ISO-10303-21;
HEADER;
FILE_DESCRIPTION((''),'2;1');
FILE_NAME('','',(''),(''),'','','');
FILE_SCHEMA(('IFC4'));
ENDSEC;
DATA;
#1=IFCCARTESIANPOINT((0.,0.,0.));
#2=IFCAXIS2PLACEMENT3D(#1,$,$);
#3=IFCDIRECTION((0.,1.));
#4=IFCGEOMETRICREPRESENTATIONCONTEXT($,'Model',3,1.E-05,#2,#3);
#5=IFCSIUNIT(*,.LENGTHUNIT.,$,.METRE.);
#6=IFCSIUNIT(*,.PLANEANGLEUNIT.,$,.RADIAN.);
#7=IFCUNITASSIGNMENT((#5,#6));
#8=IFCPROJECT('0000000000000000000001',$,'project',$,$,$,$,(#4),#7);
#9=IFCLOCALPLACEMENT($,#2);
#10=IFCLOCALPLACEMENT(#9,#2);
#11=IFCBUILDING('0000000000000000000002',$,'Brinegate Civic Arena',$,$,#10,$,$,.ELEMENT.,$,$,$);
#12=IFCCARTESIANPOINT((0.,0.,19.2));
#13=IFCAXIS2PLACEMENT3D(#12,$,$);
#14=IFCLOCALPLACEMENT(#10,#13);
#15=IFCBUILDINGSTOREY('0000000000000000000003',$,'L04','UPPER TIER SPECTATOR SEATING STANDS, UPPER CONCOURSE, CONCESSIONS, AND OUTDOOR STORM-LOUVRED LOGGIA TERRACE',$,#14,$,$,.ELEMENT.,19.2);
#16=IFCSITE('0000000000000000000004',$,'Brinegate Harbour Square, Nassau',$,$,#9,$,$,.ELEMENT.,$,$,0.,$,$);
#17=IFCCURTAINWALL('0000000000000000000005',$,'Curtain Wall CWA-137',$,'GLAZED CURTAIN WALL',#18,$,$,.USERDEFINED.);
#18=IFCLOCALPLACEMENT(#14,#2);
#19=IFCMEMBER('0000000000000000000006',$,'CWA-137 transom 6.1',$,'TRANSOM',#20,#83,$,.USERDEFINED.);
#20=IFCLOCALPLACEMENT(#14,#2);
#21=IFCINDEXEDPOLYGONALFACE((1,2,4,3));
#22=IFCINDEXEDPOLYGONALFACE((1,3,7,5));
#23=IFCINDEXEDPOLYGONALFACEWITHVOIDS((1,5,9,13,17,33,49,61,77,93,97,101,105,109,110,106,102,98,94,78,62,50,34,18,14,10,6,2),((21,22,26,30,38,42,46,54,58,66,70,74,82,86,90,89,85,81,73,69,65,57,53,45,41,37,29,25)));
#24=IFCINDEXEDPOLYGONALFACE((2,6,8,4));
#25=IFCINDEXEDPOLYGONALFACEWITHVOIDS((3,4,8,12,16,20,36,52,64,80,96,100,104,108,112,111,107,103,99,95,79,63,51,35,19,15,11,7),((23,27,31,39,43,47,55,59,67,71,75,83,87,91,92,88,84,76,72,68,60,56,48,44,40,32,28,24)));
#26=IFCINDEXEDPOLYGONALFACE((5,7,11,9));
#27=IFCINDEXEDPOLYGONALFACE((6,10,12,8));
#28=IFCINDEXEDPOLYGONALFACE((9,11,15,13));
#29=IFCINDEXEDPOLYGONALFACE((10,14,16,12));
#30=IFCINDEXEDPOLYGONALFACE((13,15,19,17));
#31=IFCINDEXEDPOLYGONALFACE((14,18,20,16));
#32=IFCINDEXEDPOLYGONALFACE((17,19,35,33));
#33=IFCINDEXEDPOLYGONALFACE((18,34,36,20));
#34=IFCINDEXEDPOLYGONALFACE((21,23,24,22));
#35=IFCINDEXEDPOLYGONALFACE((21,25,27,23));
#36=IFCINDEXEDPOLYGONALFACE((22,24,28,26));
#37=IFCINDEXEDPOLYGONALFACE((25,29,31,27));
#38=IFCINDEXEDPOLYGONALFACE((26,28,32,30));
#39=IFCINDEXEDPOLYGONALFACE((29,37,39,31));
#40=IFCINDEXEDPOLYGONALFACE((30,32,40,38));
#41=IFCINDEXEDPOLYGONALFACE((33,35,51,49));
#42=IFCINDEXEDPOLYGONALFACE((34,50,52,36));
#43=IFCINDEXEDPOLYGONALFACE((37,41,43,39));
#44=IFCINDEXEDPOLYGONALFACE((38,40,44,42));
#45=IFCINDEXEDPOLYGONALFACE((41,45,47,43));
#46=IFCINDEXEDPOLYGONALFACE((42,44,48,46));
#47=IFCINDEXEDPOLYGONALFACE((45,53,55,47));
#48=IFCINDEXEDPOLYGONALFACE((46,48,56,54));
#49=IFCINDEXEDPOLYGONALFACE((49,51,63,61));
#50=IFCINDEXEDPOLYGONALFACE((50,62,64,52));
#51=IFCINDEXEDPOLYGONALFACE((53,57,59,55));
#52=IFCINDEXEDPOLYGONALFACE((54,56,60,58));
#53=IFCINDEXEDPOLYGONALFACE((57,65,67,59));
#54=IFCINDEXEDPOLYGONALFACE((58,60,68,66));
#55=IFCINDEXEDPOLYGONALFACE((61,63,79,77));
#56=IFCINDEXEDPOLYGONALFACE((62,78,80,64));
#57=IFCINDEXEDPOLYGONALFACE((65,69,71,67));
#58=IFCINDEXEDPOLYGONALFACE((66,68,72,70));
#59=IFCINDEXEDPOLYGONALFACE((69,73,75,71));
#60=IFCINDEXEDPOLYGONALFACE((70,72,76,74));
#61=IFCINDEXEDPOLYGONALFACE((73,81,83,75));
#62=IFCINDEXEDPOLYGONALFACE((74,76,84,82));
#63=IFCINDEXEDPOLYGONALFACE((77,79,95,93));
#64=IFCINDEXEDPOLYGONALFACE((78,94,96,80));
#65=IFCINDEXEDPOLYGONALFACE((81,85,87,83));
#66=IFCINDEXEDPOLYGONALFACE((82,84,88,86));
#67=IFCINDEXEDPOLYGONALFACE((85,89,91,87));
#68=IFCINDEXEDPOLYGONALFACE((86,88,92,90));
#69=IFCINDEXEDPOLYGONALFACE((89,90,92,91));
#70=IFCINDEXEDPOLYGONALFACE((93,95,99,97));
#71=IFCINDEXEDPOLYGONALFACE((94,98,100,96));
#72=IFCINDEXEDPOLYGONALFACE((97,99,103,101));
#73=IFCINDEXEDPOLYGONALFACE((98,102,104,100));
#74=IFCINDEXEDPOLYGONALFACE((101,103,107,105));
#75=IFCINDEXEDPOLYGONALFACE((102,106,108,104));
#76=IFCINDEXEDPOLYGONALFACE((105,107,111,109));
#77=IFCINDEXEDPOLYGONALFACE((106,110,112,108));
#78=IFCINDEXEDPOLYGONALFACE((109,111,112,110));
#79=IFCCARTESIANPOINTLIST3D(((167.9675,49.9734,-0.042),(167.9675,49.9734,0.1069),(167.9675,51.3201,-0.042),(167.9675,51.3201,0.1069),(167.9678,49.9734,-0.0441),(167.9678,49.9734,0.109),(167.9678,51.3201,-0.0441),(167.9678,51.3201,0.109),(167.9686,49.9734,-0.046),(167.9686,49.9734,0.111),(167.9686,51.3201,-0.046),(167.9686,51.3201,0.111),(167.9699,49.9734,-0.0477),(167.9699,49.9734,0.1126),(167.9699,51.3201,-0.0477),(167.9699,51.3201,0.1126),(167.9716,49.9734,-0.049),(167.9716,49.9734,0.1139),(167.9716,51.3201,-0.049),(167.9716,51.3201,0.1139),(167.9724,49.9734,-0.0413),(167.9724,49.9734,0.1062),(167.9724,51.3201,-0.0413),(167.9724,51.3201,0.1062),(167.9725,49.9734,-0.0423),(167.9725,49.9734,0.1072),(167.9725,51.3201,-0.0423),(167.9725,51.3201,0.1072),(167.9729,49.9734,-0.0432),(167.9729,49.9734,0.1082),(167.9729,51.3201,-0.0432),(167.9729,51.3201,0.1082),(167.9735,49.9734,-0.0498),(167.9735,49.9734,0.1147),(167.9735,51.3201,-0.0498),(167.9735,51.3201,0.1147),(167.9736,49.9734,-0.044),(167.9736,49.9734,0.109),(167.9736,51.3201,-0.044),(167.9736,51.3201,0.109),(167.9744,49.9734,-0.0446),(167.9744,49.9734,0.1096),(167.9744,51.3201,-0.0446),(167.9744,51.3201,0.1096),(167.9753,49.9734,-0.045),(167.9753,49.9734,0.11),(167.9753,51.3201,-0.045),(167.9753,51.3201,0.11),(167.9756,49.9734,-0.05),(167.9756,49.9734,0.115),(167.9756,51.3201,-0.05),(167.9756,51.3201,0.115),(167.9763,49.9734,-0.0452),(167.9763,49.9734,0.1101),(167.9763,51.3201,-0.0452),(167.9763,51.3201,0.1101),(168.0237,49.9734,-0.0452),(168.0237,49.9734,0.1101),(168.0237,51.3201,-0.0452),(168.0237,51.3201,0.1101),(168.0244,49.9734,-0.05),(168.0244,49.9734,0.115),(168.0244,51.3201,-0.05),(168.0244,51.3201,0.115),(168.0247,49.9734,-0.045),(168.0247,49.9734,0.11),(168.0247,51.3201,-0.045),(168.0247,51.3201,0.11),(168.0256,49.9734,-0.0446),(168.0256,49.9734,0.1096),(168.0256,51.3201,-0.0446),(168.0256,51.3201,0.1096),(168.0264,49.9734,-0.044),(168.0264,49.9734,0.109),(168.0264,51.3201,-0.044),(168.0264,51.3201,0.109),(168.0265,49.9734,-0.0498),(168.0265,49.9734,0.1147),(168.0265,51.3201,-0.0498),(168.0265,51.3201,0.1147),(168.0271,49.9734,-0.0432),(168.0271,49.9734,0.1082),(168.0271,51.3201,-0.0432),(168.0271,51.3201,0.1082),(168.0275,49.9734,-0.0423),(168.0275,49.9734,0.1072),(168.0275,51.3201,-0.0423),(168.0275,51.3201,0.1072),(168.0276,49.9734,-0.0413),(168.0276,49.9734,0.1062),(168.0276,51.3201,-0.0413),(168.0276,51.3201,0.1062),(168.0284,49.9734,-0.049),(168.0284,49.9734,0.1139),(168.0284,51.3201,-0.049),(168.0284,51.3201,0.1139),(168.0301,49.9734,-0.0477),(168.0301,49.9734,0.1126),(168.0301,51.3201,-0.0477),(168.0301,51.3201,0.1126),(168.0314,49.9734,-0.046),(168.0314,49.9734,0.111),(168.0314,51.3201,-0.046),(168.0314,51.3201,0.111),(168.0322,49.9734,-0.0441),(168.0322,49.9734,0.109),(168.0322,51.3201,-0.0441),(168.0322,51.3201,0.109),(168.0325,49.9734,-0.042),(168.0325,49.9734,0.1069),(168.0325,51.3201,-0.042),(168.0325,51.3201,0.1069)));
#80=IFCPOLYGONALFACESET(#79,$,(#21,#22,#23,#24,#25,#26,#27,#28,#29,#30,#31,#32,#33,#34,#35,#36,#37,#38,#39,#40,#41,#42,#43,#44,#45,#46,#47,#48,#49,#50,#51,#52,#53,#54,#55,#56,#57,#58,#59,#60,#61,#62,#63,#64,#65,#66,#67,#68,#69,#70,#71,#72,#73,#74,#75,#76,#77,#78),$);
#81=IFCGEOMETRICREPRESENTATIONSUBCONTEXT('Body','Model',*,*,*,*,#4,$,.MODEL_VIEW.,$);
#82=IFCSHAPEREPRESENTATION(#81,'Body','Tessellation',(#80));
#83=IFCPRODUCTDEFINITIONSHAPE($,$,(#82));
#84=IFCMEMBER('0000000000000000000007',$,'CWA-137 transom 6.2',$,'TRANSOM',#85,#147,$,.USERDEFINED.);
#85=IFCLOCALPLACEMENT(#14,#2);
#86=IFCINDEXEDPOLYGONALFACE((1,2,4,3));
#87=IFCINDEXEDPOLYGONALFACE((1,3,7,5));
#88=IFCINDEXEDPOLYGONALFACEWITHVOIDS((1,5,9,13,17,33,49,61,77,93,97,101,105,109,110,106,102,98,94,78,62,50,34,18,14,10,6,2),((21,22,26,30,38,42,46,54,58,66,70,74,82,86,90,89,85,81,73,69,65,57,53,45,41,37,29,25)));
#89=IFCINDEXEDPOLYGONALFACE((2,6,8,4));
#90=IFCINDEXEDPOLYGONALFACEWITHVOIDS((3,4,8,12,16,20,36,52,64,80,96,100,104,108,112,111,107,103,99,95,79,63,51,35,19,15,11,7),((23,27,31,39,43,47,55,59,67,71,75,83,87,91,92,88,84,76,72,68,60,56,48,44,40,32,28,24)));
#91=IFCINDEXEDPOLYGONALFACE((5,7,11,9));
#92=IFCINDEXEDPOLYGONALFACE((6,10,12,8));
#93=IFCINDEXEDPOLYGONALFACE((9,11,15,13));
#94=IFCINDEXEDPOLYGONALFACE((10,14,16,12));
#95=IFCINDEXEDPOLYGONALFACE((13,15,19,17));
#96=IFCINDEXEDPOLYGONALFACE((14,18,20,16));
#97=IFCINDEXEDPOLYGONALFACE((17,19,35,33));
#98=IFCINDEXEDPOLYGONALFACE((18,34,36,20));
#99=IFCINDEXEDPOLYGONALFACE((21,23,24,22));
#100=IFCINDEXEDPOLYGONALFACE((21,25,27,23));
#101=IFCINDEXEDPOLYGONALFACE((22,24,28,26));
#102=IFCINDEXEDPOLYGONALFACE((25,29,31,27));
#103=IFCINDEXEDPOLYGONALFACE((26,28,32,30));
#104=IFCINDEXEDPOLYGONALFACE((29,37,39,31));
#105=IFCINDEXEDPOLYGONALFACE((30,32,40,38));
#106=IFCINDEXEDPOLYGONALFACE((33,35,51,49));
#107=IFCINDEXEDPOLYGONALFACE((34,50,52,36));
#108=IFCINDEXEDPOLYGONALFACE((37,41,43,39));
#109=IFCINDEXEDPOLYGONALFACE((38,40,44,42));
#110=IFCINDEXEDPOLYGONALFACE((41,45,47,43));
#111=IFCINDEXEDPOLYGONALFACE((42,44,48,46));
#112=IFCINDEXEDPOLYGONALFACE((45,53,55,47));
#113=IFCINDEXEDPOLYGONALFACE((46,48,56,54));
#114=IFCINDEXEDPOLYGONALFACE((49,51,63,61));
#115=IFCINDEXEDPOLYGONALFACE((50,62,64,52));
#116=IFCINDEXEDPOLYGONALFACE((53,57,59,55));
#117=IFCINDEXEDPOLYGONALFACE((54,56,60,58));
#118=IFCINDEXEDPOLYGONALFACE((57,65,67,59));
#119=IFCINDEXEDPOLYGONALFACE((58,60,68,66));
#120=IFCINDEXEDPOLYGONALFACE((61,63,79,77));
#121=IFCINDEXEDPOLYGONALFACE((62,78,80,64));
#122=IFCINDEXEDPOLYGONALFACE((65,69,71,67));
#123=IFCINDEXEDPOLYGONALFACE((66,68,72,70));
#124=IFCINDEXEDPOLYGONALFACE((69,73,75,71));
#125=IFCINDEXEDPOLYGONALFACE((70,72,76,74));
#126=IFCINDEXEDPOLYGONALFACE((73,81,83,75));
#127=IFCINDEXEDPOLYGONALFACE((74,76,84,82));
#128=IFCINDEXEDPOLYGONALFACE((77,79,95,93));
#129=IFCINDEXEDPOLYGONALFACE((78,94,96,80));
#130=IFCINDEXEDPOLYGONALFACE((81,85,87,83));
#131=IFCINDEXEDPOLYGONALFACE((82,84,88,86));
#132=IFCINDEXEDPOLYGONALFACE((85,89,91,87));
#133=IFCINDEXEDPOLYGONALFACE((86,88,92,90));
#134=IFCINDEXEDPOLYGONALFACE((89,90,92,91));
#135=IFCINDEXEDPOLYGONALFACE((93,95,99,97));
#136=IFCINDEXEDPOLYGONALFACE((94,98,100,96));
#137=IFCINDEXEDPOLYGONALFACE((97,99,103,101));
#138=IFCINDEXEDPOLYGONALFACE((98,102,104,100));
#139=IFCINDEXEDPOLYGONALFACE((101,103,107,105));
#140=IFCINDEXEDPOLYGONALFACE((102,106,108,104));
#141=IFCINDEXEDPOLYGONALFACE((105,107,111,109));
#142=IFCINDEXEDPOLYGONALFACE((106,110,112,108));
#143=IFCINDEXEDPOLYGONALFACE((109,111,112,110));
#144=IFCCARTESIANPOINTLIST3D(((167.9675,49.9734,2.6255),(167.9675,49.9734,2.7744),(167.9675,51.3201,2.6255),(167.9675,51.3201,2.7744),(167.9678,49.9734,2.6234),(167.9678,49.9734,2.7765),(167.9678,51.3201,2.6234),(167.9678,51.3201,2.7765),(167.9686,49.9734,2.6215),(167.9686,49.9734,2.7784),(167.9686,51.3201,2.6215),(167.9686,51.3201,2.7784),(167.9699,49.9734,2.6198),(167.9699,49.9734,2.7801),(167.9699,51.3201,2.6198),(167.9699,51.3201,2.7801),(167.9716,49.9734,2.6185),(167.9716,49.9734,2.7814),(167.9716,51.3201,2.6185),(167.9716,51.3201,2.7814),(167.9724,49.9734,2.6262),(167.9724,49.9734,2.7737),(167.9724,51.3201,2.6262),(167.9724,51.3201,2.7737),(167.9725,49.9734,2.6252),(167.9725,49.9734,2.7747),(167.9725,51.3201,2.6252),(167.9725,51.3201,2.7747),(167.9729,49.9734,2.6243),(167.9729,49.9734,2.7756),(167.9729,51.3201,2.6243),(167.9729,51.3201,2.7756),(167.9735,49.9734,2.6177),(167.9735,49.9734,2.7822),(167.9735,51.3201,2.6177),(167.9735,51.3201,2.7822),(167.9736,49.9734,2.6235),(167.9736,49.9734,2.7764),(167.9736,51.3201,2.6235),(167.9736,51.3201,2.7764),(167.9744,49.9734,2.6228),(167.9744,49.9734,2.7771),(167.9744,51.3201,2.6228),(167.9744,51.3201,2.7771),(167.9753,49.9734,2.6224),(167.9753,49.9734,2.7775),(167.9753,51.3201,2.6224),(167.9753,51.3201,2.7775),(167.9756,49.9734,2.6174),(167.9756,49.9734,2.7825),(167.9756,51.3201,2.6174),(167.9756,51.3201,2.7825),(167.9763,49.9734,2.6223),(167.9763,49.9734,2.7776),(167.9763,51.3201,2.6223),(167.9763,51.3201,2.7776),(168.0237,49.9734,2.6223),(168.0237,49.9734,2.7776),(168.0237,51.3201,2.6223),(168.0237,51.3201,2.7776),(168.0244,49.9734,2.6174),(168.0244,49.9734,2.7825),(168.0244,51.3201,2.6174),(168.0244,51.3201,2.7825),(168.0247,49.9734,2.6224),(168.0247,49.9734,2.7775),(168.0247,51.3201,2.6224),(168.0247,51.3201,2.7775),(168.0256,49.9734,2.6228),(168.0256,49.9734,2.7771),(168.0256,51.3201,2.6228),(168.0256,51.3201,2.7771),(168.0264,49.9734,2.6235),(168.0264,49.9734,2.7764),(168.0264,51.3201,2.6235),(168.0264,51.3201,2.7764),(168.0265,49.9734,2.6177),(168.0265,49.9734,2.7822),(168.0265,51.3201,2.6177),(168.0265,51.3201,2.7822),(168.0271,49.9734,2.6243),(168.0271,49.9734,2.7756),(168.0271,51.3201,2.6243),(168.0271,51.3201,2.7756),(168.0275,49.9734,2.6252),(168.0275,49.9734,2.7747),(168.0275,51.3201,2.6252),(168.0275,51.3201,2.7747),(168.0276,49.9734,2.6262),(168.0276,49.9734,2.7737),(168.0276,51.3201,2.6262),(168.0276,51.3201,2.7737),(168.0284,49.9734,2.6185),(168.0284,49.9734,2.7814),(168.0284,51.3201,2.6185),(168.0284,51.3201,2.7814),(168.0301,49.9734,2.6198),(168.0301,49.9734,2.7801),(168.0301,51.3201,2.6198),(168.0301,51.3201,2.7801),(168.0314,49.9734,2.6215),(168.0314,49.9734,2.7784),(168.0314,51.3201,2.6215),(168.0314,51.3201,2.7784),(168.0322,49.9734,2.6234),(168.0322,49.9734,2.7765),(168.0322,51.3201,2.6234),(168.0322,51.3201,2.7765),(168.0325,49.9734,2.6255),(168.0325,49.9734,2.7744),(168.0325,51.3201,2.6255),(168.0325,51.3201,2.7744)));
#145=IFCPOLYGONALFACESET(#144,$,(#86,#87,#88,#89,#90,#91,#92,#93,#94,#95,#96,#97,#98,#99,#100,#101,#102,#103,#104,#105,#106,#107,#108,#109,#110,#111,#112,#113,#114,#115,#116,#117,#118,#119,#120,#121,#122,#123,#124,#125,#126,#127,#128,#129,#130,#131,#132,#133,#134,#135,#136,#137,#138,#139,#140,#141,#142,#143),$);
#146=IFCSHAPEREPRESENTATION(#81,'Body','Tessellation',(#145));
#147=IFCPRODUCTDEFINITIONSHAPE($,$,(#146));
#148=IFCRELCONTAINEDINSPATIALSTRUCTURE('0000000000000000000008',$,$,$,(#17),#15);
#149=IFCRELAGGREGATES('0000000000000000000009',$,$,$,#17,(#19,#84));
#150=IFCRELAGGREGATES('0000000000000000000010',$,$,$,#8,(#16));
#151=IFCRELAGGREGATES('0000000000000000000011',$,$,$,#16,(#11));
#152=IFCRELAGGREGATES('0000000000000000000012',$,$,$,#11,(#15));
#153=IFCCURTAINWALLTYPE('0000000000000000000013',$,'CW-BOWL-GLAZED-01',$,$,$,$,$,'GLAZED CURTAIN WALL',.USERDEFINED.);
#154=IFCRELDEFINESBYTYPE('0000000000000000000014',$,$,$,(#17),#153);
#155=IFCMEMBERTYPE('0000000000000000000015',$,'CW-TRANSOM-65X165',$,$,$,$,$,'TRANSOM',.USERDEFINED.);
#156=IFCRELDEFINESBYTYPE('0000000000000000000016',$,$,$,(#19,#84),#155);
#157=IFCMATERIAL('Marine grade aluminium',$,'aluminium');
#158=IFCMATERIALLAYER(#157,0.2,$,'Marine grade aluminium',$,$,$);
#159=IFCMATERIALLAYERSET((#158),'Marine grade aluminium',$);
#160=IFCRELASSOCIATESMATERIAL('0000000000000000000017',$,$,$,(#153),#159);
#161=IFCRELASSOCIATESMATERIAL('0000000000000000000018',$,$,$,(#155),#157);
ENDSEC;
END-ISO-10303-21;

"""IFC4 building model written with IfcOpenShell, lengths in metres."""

from ifc_helpers import new_model, si_unit, direction, frame, origin, origin_2d, place, context, subcontext, project, spatial, hollow_rectangle, extrude, material, layer, layer_set, material_profile, profile_set, type_object, element, aggregate, save


model = new_model("IFC4")

# Units and contexts
model_context = context("Model", 3, precision=1e-05, world=origin(), true_north=direction((0.0, 1.0)))
body_context = subcontext(model_context, "Body", "Model", "MODEL_VIEW")
ifc_project = project(units=[si_unit("LENGTHUNIT", "METRE"), si_unit("PLANEANGLEUNIT", "RADIAN")], contexts=[model_context])

# Site, building, storey
site_placement = place(None, origin())
site = spatial("IfcSite", under=ifc_project, at=site_placement, Name="Brinegate Harbour Square, Nassau", CompositionType="ELEMENT", RefElevation=0.0)
building_placement = place(site_placement, origin())
building = spatial("IfcBuilding", under=site, at=building_placement, Name="Brinegate Civic Arena", CompositionType="ELEMENT")
storey_placement = place(building_placement, frame((0.0, 0.0, 19.2)))
storey = spatial("IfcBuildingStorey", under=building, at=storey_placement, Name="L04", Description="UPPER TIER SPECTATOR SEATING STANDS, UPPER CONCOURSE, CONCESSIONS, AND OUTDOOR STORM-LOUVRED LOGGIA TERRACE", CompositionType="ELEMENT", Elevation=19.2)

# Curtain wall, members
ifc_material_1 = material(Name="Marine grade aluminium", Category="aluminium")
ifc_layer_1 = layer(ifc_material_1, 0.2, Name="Marine grade aluminium")
ifc_layer_set_1 = layer_set([ifc_layer_1], Name="Marine grade aluminium")
curtain_wall_type = type_object("IfcCurtainWallType", Name="CW-BOWL-GLAZED-01", ElementType="GLAZED CURTAIN WALL", PredefinedType="USERDEFINED", material=ifc_layer_set_1)
curtain_wall_1_placement = place(storey_placement, origin())
curtain_wall_1 = element("IfcCurtainWall", 1, at=curtain_wall_1_placement, inside=storey, type_object=curtain_wall_type, Name="Curtain Wall CWA-137", ObjectType="GLAZED CURTAIN WALL", PredefinedType="USERDEFINED")
ifc_material_profile_1 = material_profile(ifc_material_1, hollow_rectangle(XDim=0.0649, YDim=0.165, WallThickness=0.0049, InnerFilletRadius=0.0039, OuterFilletRadius=0.0081, at=origin_2d()), Name="TRN65X165")
ifc_profile_set_1 = profile_set([ifc_material_profile_1], Name="Marine grade aluminium")
member_type_1 = type_object("IfcMemberType", Name="CW-TRANSOM-65X165", ElementType="TRANSOM", PredefinedType="USERDEFINED", material=ifc_profile_set_1)
member_1_placement = place(storey_placement, frame((168.0, 49.9734, 0.0325), z_axis=(0.0, 1.0, 0.0), x_axis=(-1.0, 0.0, 0.0)))
member_1 = element("IfcMember", 2, at=member_1_placement, type_object=member_type_1, Name="CWA-137 transom 6.1", ObjectType="TRANSOM", PredefinedType="USERDEFINED", context=body_context, shape_type="SweptSolid", body=[
    extrude(hollow_rectangle(XDim=0.0649, YDim=0.165, WallThickness=0.0049, InnerFilletRadius=0.0039, OuterFilletRadius=0.0081, at=origin_2d()), origin(), (0.0, 0.0, 1.0), 1.3467),
])
member_2_placement = place(storey_placement, frame((168.0, 49.9734, 2.7), z_axis=(0.0, 1.0, 0.0), x_axis=(-1.0, 0.0, 0.0)))
member_2 = element("IfcMember", 3, at=member_2_placement, type_object=member_type_1, Name="CWA-137 transom 6.2", ObjectType="TRANSOM", PredefinedType="USERDEFINED", context=body_context, shape_type="SweptSolid", body=[
    extrude(hollow_rectangle(XDim=0.0649, YDim=0.165, WallThickness=0.0049, InnerFilletRadius=0.0039, OuterFilletRadius=0.0081, at=origin_2d()), origin(), (0.0, 0.0, 1.0), 1.3467),
])

aggregate(curtain_wall_1, [member_1, member_2])

save(model, "model.ifc")
